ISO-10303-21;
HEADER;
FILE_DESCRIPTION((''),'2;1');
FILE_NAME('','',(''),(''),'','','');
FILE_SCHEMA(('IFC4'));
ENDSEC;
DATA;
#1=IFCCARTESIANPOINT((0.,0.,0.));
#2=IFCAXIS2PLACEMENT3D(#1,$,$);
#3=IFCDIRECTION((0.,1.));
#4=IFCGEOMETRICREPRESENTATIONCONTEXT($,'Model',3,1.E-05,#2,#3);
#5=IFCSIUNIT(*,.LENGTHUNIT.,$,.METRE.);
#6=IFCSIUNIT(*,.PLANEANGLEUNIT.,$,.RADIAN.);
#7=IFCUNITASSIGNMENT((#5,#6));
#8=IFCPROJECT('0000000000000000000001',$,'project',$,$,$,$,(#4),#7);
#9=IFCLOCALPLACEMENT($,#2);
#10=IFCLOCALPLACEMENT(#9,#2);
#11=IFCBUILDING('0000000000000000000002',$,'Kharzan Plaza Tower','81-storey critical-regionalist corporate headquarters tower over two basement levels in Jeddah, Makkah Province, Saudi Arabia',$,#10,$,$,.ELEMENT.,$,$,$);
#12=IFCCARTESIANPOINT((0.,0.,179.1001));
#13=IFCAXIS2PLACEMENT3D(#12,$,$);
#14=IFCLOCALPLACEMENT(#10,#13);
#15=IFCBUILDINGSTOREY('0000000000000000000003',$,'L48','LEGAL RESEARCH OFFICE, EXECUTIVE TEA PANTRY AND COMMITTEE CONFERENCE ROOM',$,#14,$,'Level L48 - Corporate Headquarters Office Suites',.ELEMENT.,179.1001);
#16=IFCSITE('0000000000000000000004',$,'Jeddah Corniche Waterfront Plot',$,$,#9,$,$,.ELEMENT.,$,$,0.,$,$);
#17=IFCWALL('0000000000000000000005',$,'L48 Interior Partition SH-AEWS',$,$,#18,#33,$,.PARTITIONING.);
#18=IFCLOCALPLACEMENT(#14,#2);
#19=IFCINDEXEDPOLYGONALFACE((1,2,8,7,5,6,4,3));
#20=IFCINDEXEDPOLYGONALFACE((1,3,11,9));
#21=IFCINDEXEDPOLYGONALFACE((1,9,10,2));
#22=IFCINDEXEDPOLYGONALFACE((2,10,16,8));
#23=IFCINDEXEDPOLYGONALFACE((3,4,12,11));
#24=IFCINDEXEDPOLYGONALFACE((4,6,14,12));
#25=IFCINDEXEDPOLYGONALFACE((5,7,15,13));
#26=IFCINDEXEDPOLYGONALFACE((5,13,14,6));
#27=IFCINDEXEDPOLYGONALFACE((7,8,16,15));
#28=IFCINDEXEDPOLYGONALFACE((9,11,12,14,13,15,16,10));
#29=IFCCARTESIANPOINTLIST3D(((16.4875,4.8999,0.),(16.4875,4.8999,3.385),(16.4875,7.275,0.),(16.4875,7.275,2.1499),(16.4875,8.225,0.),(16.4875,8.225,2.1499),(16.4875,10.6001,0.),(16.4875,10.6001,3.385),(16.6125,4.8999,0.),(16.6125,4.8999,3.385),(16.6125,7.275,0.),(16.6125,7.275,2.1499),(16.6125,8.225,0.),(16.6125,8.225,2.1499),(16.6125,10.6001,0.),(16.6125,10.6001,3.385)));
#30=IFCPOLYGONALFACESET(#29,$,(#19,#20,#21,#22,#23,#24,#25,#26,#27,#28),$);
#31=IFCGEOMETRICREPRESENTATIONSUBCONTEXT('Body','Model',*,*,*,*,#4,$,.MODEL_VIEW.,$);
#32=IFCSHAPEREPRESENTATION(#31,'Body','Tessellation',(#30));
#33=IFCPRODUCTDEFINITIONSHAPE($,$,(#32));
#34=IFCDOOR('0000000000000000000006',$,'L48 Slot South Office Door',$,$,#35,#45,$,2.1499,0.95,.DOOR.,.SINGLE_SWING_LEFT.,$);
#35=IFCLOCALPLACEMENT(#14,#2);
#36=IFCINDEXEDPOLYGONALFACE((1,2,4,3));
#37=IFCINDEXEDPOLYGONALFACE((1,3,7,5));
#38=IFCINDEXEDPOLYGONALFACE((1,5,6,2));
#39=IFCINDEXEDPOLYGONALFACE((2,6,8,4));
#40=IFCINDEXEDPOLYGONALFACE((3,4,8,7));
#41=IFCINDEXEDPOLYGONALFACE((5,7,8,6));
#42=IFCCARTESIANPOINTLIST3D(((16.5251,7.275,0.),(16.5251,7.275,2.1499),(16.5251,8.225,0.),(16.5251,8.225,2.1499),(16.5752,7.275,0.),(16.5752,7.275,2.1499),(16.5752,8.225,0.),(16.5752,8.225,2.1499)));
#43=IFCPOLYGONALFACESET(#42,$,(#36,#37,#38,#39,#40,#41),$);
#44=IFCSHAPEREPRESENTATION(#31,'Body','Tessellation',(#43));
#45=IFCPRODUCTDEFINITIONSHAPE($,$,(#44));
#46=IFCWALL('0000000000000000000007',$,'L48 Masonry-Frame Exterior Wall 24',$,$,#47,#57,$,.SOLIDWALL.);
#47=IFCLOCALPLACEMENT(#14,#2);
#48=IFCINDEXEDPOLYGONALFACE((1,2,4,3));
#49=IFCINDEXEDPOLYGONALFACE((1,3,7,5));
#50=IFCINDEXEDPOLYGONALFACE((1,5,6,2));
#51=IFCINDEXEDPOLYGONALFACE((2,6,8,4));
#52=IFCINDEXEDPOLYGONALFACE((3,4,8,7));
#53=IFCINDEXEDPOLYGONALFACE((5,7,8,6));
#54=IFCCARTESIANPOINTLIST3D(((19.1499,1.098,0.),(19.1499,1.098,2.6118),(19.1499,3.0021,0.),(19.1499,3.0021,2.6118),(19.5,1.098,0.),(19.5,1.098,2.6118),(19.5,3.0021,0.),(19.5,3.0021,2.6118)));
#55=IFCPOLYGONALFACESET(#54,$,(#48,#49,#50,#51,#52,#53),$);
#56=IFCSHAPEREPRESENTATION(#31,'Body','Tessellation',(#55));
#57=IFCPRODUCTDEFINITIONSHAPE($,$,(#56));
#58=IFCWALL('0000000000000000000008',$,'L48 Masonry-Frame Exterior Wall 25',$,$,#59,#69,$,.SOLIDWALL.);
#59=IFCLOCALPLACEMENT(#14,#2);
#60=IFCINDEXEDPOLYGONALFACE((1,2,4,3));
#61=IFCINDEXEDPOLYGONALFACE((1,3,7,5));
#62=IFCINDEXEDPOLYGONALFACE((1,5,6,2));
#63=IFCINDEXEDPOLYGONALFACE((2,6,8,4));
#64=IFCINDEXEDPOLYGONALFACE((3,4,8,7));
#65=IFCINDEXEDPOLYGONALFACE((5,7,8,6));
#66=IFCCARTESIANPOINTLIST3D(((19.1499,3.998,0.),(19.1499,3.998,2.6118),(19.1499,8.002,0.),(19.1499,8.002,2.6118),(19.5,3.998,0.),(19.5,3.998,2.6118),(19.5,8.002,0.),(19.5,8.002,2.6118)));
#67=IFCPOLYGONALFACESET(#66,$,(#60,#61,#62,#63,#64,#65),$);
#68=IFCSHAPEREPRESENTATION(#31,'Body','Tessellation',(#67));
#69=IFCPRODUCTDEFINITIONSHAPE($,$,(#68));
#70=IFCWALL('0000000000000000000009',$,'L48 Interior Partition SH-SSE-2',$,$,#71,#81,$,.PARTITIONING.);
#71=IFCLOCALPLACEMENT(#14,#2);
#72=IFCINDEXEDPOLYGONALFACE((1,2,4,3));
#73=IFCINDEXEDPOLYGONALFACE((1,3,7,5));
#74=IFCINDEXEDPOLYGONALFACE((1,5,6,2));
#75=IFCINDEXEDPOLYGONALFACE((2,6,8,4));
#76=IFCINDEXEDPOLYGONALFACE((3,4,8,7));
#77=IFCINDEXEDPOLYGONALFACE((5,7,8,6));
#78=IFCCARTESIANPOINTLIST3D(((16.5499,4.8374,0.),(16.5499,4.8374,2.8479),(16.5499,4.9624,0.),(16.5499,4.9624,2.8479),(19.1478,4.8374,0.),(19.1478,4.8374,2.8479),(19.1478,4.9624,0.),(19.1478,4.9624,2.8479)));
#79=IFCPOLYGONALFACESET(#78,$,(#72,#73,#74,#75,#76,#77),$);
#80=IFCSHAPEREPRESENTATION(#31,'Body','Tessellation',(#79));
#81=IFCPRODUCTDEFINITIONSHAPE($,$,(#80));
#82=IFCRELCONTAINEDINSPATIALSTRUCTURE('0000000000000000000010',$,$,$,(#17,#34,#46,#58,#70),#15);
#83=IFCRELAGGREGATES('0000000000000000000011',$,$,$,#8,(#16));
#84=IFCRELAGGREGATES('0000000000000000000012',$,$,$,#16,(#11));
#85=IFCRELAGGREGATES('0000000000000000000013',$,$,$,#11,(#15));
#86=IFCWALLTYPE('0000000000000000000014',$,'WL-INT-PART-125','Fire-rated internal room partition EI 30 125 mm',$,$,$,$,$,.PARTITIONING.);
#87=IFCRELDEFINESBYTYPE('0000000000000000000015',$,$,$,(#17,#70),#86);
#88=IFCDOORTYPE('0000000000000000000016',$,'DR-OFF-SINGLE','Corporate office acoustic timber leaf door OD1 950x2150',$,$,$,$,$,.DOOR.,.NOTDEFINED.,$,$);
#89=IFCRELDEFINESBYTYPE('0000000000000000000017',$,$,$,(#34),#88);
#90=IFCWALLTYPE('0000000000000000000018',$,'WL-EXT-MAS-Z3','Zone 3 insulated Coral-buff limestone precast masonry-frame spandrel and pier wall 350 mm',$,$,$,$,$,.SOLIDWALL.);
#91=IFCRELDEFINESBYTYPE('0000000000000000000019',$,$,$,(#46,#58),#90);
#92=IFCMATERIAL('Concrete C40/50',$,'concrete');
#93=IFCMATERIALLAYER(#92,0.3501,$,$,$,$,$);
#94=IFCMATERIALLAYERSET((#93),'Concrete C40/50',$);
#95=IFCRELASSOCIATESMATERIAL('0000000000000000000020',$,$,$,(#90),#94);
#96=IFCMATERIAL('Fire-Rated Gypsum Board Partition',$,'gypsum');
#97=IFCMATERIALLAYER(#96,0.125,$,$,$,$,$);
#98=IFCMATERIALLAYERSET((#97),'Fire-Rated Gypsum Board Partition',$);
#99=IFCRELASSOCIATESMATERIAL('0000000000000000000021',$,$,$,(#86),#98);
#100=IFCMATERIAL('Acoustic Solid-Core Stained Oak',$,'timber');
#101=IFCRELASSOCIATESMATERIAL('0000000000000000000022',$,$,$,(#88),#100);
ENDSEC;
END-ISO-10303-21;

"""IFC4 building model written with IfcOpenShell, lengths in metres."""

from ifc_helpers import new_model, si_unit, direction, frame, frame_2d, origin, place, context, subcontext, project, spatial, rectangle, extrude, source, transform, mapped, material, layer, layer_set, type_object, element, fill, save


model = new_model("IFC4")

# Units and contexts
model_context = context("Model", 3, precision=1e-05, world=origin(), true_north=direction((0.0, 1.0)))
body_context = subcontext(model_context, "Body", "Model", "MODEL_VIEW")
ifc_project = project(units=[si_unit("LENGTHUNIT", "METRE"), si_unit("PLANEANGLEUNIT", "RADIAN")], contexts=[model_context])

# Site, building, storey
site_placement = place(None, origin())
site = spatial("IfcSite", under=ifc_project, at=site_placement, Name="Jeddah Corniche Waterfront Plot", CompositionType="ELEMENT", RefElevation=0.0)
building_placement = place(site_placement, origin())
building = spatial("IfcBuilding", under=site, at=building_placement, Name="Kharzan Plaza Tower", Description="81-storey critical-regionalist corporate headquarters tower over two basement levels in Jeddah, Makkah Province, Saudi Arabia", CompositionType="ELEMENT")
storey_placement = place(building_placement, frame((0.0, 0.0, 179.1001)))
storey = spatial("IfcBuildingStorey", under=building, at=storey_placement, Name="L48", Description="LEGAL RESEARCH OFFICE, EXECUTIVE TEA PANTRY AND COMMITTEE CONFERENCE ROOM", LongName="Level L48 - Corporate Headquarters Office Suites", CompositionType="ELEMENT", Elevation=179.1001)

# Shared definitions
ifc_material_1 = material(Name="Concrete C40/50", Category="concrete")
ifc_layer_1 = layer(ifc_material_1, 0.3501)
ifc_layer_set_1 = layer_set([ifc_layer_1], Name="Concrete C40/50")
wall_type_1 = type_object("IfcWallType", Name="WL-EXT-MAS-Z3", Description="Zone 3 insulated Coral-buff limestone precast masonry-frame spandrel and pier wall 350 mm", PredefinedType="SOLIDWALL", material=ifc_layer_set_1)

# Wall, opening, door
ifc_material_2 = material(Name="Fire-Rated Gypsum Board Partition", Category="gypsum")
ifc_layer_2 = layer(ifc_material_2, 0.125)
ifc_layer_set_2 = layer_set([ifc_layer_2], Name="Fire-Rated Gypsum Board Partition")
wall_type_2 = type_object("IfcWallType", Name="WL-INT-PART-125", Description="Fire-rated internal room partition EI 30 125 mm", PredefinedType="PARTITIONING", material=ifc_layer_set_2)
wall_1_placement = place(storey_placement, frame((16.55, 4.8999, 0.0), z_axis=(0.0, 0.0, 1.0), x_axis=(0.0, 1.0, 0.0)))
wall_1 = element("IfcWall", 1, at=wall_1_placement, inside=storey, type_object=wall_type_2, Name="L48 Interior Partition SH-AEWS", PredefinedType="PARTITIONING", context=body_context, shape_type="SweptSolid", body=[
    extrude(rectangle(XDim=5.7002, YDim=0.125, at=frame_2d((2.8501, 0.0))), origin(), (0.0, 0.0, 1.0), 3.385),
])
opening_1_placement = place(wall_1_placement, frame((2.375, 0.0, 0.0)))
opening_1 = element("IfcOpeningElement", 2, at=opening_1_placement, cuts=wall_1, PredefinedType="OPENING", context=body_context, shape_type="SweptSolid", body=[
    extrude(rectangle(XDim=0.95, YDim=2.1499, at=frame_2d((0.4751, 1.075))), frame((0.0, 0.0725, 0.0), z_axis=(0.0, -1.0, 0.0), x_axis=(1.0, 0.0, 0.0)), (0.0, 0.0, 1.0), 0.145),
])
ifc_material_3 = material(Name="Acoustic Solid-Core Stained Oak", Category="timber")
door_type_1 = type_object("IfcDoorType", Name="DR-OFF-SINGLE", Description="Corporate office acoustic timber leaf door OD1 950x2150", OperationType="NOTDEFINED", PredefinedType="DOOR", material=ifc_material_3)
shared_shape_1 = source(origin(), body_context, "Body", "SweptSolid", [
    extrude(rectangle(XDim=0.95, YDim=2.1499, at=frame_2d((0.4751, 1.075))), frame((0.0, 0.0249, 0.0), z_axis=(0.0, -1.0, 0.0), x_axis=(1.0, 0.0, 0.0)), (0.0, 0.0, 1.0), 0.05),
])
door_1_placement = place(opening_1_placement, origin())
door_1 = element("IfcDoor", 3, at=door_1_placement, inside=storey, type_object=door_type_1, Name="L48 Slot South Office Door", OperationType="SINGLE_SWING_LEFT", OverallHeight=2.1499, OverallWidth=0.95, PredefinedType="DOOR", context=body_context, shape_type="MappedRepresentation", body=[
    mapped(shared_shape_1, transform((0.0, 0.0, 0.0), x_axis=(1.0, 0.0, 0.0), y_axis=(0.0, 1.0, 0.0), z_axis=(0.0, 0.0, 1.0))),
])
fill(opening_1, door_1)

# Walls
shared_shape_2 = source(origin(), body_context, "Body", "SweptSolid", [
    extrude(rectangle(XDim=1.9041, YDim=0.3501, at=frame_2d((0.9521, 0.0))), origin(), (0.0, 0.0, 1.0), 2.6118),
])
wall_2_placement = place(storey_placement, frame((19.325, 1.0979, 0.0), z_axis=(0.0, 0.0, 1.0), x_axis=(0.0, 1.0, 0.0)))
element("IfcWall", 4, at=wall_2_placement, inside=storey, type_object=wall_type_1, Name="L48 Masonry-Frame Exterior Wall 24", PredefinedType="SOLIDWALL", context=body_context, shape_type="MappedRepresentation", body=[
    mapped(shared_shape_2, transform((0.0, 0.0, 0.0), x_axis=(1.0, 0.0, 0.0), y_axis=(0.0, 1.0, 0.0), z_axis=(0.0, 0.0, 1.0))),
])
shared_shape_3 = source(origin(), body_context, "Body", "SweptSolid", [
    extrude(rectangle(XDim=4.0039, YDim=0.3501, at=frame_2d((2.002, 0.0))), origin(), (0.0, 0.0, 1.0), 2.6118),
])
wall_3_placement = place(storey_placement, frame((19.325, 3.998, 0.0), z_axis=(0.0, 0.0, 1.0), x_axis=(0.0, 1.0, 0.0)))
element("IfcWall", 5, at=wall_3_placement, inside=storey, type_object=wall_type_1, Name="L48 Masonry-Frame Exterior Wall 25", PredefinedType="SOLIDWALL", context=body_context, shape_type="MappedRepresentation", body=[
    mapped(shared_shape_3, transform((0.0, 0.0, 0.0), x_axis=(1.0, 0.0, 0.0), y_axis=(0.0, 1.0, 0.0), z_axis=(0.0, 0.0, 1.0))),
])
shared_shape_4 = source(origin(), body_context, "Body", "SweptSolid", [
    extrude(rectangle(XDim=2.5979, YDim=0.125, at=frame_2d((1.2988, 0.0))), origin(), (0.0, 0.0, 1.0), 2.8479),
])
wall_4_placement = place(storey_placement, frame((16.55, 4.8999, 0.0), z_axis=(0.0, 0.0, 1.0), x_axis=(1.0, 0.0, 0.0)))
element("IfcWall", 6, at=wall_4_placement, inside=storey, type_object=wall_type_2, Name="L48 Interior Partition SH-SSE-2", PredefinedType="PARTITIONING", context=body_context, shape_type="MappedRepresentation", body=[
    mapped(shared_shape_4, transform((0.0, 0.0, 0.0), x_axis=(1.0, 0.0, 0.0), y_axis=(0.0, 1.0, 0.0), z_axis=(0.0, 0.0, 1.0))),
])

save(model, "model.ifc")
